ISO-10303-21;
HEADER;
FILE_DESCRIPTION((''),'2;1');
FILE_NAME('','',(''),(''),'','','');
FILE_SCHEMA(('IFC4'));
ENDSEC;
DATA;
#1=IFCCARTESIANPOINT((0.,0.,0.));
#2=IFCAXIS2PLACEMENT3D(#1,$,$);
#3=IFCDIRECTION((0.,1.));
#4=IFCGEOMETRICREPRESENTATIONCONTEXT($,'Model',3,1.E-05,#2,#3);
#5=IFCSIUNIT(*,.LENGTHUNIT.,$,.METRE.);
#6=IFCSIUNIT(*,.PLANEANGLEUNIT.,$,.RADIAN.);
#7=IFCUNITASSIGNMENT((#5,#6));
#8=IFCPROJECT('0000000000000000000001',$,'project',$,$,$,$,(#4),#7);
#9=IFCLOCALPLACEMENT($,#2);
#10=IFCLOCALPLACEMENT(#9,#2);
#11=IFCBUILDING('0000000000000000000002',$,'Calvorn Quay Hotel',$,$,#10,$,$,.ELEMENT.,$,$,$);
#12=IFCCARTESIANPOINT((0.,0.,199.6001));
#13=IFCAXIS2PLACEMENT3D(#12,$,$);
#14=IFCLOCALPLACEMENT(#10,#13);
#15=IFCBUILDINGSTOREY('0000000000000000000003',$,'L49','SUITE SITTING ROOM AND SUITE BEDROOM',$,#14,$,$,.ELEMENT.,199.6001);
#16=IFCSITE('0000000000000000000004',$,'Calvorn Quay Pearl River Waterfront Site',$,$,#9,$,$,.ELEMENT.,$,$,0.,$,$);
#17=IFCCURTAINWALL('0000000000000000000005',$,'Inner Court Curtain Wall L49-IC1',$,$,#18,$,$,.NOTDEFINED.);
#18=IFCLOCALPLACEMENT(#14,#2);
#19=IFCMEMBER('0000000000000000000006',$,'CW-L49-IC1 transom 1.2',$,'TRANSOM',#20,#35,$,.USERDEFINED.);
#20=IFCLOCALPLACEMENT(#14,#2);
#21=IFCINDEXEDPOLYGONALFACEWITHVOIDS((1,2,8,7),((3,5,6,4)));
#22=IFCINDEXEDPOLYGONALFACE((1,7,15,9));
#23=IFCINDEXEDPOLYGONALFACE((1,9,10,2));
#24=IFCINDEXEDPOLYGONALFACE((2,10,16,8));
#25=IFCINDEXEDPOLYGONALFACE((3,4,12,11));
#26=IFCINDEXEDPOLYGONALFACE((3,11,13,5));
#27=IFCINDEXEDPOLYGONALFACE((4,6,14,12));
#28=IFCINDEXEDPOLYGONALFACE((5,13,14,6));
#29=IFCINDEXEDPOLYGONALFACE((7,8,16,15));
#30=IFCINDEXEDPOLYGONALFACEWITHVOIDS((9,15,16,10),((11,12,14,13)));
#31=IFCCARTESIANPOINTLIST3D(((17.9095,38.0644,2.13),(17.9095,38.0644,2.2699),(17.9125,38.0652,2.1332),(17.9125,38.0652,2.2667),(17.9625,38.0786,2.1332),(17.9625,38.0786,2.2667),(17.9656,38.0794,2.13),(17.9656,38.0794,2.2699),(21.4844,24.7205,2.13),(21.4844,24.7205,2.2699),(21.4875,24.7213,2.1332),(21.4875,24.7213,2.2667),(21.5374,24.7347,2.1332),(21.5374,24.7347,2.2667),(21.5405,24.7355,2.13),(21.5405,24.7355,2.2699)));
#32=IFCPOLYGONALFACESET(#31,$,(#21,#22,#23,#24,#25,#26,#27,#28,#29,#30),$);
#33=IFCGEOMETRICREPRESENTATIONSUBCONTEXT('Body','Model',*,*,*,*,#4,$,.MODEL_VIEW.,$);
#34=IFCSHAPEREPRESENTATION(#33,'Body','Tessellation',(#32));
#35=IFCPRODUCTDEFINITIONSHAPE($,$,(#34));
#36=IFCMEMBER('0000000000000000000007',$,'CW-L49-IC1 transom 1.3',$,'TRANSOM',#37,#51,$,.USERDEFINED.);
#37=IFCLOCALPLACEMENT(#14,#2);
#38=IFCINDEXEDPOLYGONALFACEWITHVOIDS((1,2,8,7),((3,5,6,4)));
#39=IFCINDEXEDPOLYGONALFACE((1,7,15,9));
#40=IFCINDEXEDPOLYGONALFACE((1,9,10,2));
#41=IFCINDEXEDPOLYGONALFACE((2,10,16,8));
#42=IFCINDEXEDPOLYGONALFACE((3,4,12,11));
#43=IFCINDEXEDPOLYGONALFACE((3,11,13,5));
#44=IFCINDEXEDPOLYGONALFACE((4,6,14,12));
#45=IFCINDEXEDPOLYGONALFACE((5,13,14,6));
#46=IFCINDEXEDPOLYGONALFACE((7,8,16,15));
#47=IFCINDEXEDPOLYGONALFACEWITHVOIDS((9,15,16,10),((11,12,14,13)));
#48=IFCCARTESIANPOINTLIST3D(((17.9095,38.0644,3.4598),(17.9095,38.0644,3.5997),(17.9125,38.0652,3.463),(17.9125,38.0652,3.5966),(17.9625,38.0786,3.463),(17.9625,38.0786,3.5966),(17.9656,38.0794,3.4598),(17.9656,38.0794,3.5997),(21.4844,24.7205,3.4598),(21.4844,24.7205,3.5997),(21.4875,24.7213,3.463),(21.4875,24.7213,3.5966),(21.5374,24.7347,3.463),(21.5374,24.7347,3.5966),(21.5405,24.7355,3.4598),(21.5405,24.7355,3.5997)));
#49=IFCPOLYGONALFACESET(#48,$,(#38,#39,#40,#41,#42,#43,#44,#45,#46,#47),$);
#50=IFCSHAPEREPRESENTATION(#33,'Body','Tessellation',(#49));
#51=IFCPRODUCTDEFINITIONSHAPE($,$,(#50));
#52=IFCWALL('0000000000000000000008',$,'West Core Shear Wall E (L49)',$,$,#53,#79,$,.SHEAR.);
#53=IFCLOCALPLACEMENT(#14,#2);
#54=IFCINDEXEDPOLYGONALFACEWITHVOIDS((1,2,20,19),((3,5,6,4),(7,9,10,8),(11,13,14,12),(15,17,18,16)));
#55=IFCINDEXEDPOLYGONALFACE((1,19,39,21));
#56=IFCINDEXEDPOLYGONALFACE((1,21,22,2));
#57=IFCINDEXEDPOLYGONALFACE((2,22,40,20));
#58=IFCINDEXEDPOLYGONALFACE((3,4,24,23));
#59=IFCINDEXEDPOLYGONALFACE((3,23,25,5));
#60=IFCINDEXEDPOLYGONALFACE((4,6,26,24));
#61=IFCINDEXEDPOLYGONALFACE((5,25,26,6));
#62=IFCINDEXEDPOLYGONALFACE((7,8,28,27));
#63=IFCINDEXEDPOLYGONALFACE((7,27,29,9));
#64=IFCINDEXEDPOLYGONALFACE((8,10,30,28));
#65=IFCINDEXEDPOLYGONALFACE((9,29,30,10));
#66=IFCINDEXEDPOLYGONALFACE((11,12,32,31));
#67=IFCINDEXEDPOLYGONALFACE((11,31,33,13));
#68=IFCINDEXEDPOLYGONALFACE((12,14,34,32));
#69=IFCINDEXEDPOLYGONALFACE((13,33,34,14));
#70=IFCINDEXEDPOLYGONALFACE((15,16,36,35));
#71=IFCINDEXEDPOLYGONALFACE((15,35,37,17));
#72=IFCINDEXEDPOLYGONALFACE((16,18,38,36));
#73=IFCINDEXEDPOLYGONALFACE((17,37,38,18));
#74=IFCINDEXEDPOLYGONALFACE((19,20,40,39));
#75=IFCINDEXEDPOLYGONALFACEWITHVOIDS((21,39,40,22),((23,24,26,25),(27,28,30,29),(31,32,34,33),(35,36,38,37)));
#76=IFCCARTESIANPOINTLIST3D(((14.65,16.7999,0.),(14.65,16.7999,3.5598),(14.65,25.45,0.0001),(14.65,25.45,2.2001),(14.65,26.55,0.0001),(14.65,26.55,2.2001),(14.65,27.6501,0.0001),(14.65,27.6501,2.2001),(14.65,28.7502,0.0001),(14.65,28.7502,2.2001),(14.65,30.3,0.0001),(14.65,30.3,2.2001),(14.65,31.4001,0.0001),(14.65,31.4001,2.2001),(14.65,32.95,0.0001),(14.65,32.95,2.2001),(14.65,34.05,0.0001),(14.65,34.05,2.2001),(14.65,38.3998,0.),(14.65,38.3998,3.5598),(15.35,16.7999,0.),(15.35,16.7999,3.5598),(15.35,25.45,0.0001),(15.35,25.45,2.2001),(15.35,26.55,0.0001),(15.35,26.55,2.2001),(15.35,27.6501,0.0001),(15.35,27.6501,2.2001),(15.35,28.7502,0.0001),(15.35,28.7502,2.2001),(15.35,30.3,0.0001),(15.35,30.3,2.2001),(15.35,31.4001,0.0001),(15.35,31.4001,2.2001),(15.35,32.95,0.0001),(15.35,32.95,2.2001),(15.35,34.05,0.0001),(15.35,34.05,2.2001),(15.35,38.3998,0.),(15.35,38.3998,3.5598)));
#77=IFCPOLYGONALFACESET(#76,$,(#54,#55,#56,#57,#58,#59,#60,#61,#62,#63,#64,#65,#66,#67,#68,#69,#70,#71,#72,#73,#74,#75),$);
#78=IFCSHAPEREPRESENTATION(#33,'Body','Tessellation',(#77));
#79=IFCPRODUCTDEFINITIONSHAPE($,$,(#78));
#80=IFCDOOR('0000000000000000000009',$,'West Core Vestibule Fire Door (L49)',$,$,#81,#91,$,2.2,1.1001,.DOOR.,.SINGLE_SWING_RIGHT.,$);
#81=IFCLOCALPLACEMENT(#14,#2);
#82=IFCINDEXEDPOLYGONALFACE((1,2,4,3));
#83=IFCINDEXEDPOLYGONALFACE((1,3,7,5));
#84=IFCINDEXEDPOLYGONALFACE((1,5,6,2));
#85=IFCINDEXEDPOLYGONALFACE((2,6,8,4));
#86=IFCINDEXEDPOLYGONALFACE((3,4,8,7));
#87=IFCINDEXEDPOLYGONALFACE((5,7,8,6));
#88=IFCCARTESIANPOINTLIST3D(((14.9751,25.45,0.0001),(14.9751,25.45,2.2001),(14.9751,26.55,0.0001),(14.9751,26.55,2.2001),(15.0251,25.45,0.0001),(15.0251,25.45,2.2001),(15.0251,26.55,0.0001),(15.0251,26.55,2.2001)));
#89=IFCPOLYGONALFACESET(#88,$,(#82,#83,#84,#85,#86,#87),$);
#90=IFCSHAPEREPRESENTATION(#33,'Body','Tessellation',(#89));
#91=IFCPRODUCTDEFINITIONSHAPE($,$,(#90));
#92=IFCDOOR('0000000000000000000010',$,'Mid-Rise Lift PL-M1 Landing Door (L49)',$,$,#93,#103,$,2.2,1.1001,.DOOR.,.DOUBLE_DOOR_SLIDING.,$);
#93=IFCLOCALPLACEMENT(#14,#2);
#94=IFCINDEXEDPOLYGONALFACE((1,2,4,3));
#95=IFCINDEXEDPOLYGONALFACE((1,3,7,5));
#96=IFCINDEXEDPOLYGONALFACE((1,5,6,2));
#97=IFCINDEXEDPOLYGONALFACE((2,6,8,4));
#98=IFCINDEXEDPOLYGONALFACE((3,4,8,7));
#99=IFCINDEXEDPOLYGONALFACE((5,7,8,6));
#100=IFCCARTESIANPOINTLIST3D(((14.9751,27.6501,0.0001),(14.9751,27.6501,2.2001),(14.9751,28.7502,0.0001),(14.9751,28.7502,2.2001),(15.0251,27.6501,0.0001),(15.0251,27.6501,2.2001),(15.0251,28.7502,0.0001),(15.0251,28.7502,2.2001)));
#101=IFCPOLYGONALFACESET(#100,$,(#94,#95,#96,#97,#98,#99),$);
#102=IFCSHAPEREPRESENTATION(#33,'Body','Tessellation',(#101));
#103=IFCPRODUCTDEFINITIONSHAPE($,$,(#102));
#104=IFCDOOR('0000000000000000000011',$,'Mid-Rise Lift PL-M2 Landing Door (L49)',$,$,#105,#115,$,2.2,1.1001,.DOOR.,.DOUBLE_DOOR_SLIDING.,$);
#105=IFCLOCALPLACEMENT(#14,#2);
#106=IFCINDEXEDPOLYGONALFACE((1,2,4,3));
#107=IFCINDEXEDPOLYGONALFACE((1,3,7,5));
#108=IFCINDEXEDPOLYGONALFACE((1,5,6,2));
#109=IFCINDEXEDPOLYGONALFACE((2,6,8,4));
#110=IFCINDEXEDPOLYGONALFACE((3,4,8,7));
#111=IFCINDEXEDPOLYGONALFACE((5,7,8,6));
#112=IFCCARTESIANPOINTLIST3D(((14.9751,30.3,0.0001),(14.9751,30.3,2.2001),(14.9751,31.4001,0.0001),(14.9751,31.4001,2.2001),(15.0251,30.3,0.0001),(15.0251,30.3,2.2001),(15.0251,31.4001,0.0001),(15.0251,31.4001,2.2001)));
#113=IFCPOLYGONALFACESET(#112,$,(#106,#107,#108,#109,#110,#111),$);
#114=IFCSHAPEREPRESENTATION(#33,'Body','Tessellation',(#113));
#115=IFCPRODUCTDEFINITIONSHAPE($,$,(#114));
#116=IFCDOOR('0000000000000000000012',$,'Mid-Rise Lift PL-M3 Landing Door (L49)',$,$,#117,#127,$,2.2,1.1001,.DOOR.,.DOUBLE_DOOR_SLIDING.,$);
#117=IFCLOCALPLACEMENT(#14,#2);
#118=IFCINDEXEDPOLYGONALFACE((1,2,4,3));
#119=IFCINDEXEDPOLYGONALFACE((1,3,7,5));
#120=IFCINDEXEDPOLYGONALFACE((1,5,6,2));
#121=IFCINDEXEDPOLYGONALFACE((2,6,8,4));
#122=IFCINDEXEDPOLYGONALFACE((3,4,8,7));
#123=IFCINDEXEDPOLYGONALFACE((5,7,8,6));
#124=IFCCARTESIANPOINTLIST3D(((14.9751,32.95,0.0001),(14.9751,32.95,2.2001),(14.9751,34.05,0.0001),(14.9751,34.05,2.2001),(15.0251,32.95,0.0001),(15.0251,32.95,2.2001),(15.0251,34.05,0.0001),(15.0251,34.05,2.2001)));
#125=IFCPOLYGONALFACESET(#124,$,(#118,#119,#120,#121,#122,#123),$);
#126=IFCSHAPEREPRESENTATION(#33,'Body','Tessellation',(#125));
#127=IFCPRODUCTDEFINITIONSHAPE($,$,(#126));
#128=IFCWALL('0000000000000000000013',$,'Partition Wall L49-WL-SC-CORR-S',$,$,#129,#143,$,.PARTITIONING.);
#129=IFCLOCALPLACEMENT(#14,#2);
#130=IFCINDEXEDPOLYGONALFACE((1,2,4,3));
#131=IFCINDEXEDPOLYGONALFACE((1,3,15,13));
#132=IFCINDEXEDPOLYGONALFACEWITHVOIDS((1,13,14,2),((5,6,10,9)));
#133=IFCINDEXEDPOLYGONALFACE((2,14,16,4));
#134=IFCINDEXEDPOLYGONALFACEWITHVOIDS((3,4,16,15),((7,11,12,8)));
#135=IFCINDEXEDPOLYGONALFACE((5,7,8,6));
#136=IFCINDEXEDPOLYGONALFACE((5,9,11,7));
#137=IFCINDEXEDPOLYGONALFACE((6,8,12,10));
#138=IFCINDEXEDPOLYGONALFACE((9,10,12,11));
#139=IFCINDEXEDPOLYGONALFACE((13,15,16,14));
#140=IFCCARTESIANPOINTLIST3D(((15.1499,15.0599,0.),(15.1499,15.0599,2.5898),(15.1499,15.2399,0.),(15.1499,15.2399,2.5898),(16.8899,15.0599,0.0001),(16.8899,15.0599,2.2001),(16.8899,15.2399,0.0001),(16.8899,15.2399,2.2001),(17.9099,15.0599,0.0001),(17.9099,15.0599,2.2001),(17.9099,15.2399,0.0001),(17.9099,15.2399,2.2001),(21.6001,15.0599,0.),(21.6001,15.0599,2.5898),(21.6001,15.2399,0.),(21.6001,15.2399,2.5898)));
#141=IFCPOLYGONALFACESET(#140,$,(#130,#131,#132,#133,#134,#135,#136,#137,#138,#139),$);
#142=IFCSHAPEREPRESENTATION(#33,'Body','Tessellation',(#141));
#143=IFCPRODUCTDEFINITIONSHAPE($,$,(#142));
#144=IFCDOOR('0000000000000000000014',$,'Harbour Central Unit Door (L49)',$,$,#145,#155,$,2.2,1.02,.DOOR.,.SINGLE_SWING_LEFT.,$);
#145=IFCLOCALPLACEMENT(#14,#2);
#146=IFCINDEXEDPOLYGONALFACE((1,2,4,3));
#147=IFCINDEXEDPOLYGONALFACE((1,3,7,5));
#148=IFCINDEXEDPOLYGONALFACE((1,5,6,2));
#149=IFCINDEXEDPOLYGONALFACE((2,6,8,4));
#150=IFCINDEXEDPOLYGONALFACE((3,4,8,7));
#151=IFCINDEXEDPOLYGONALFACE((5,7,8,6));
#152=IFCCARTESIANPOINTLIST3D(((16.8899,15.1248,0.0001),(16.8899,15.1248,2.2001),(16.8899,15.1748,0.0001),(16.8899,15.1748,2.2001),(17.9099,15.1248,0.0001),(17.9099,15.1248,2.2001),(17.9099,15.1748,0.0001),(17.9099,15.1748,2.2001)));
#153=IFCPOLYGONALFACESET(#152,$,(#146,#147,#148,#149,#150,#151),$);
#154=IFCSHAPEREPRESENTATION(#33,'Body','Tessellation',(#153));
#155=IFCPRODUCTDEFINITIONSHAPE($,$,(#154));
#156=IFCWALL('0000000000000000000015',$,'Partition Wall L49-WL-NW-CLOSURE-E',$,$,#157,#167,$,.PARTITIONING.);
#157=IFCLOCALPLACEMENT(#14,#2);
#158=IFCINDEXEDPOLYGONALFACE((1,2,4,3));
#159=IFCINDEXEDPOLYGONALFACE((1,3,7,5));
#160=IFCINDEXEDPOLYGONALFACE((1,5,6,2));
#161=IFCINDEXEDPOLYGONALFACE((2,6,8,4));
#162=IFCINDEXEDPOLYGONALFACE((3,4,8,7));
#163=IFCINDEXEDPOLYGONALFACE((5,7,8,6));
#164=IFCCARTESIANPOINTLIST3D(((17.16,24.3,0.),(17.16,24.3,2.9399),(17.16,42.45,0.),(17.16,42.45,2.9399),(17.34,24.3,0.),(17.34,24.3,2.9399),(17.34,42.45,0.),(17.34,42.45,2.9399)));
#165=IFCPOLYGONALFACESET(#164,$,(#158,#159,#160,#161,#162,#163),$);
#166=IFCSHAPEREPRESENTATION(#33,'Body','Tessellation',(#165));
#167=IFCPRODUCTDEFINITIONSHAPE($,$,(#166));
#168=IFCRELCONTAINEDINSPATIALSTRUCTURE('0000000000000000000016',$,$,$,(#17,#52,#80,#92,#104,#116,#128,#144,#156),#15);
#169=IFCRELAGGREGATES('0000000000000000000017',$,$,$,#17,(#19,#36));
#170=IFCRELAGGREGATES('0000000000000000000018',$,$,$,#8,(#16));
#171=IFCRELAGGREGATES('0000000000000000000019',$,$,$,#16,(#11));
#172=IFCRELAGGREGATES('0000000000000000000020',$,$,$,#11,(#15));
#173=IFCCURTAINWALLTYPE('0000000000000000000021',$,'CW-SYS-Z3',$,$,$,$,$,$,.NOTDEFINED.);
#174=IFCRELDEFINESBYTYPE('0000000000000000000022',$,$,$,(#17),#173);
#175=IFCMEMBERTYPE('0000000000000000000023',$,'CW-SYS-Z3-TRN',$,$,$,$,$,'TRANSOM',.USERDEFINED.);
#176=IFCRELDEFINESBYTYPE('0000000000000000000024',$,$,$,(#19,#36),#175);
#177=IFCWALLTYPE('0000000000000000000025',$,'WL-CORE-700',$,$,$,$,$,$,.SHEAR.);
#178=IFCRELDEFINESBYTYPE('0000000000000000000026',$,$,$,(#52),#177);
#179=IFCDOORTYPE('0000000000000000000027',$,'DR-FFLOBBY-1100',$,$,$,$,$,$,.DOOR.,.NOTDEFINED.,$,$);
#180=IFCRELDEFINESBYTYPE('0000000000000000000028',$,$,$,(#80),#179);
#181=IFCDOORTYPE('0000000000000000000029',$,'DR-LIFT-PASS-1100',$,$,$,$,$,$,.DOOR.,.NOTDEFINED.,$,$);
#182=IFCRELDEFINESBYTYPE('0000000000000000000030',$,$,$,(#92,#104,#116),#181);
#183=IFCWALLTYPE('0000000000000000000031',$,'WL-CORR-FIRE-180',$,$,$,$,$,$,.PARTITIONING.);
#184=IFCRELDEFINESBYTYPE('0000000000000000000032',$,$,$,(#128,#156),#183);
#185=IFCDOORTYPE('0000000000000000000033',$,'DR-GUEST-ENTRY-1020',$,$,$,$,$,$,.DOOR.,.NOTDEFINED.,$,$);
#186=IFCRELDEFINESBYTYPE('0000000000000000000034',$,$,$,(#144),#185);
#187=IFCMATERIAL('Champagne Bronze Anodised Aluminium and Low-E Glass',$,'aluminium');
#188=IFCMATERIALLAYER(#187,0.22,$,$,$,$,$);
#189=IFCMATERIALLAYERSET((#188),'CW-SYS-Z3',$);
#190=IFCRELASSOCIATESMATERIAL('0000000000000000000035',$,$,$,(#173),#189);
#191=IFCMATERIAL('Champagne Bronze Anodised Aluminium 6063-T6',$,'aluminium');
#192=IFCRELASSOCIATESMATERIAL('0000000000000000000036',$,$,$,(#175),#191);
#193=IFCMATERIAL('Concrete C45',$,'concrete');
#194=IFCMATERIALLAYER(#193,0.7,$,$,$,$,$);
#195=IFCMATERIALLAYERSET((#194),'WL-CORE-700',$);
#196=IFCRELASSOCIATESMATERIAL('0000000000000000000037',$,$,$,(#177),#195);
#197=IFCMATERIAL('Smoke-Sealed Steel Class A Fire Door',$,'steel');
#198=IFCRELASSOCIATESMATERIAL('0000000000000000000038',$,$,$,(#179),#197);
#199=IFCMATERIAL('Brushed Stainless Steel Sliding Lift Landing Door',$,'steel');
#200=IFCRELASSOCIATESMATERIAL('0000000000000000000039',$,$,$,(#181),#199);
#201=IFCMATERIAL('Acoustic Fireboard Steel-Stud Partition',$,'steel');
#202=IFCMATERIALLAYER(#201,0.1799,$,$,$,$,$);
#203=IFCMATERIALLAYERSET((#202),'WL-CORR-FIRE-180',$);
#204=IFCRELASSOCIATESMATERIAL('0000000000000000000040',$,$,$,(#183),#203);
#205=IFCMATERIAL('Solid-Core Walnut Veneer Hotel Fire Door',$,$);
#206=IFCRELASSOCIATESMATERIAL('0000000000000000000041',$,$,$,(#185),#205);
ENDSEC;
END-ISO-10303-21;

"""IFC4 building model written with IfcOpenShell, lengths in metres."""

from ifc_helpers import new_model, si_unit, direction, frame, frame_2d, origin, origin_2d, place, context, subcontext, project, spatial, rectangle, hollow_rectangle, extrude, material, layer, layer_set, material_profile, profile_set, type_object, element, fill, aggregate, save


model = new_model("IFC4")

# Units and contexts
model_context = context("Model", 3, precision=1e-05, world=origin(), true_north=direction((0.0, 1.0)))
body_context = subcontext(model_context, "Body", "Model", "MODEL_VIEW")
ifc_project = project(units=[si_unit("LENGTHUNIT", "METRE"), si_unit("PLANEANGLEUNIT", "RADIAN")], contexts=[model_context])

# Site, building, storey
site_placement = place(None, origin())
site = spatial("IfcSite", under=ifc_project, at=site_placement, Name="Calvorn Quay Pearl River Waterfront Site", CompositionType="ELEMENT", RefElevation=0.0)
building_placement = place(site_placement, origin())
building = spatial("IfcBuilding", under=site, at=building_placement, Name="Calvorn Quay Hotel", CompositionType="ELEMENT")
storey_placement = place(building_placement, frame((0.0, 0.0, 199.6001)))
storey = spatial("IfcBuildingStorey", under=building, at=storey_placement, Name="L49", Description="SUITE SITTING ROOM AND SUITE BEDROOM", CompositionType="ELEMENT", Elevation=199.6001)

# Shared definitions
ifc_material_1 = material(Name="Champagne Bronze Anodised Aluminium and Low-E Glass", Category="aluminium")
ifc_layer_1 = layer(ifc_material_1, 0.22)
ifc_layer_set_1 = layer_set([ifc_layer_1], Name="CW-SYS-Z3")
curtain_wall_type = type_object("IfcCurtainWallType", Name="CW-SYS-Z3", PredefinedType="NOTDEFINED", material=ifc_layer_set_1)

# Curtain wall, members
curtain_wall_1_placement = place(storey_placement, origin())
curtain_wall_1 = element("IfcCurtainWall", 1, at=curtain_wall_1_placement, inside=storey, type_object=curtain_wall_type, Name="Inner Court Curtain Wall L49-IC1", PredefinedType="NOTDEFINED")
ifc_material_2 = material(Name="Champagne Bronze Anodised Aluminium 6063-T6", Category="aluminium")
ifc_material_profile_1 = material_profile(ifc_material_2, hollow_rectangle(XDim=0.0581, YDim=0.1399, WallThickness=0.0032, at=origin_2d()), Name="ALU-T140x58x3.2")
ifc_profile_set_1 = profile_set([ifc_material_profile_1], Name="Champagne Bronze Anodised Aluminium 6063-T6")
member_type_1 = type_object("IfcMemberType", Name="CW-SYS-Z3-TRN", ElementType="TRANSOM", PredefinedType="USERDEFINED", material=ifc_profile_set_1)
member_1_placement = place(storey_placement, frame((21.5125, 24.728, 2.2), z_axis=(-0.258781, 0.965936, 0.0), x_axis=(-0.965936, -0.258781, 0.0)))
member_1 = element("IfcMember", 2, at=member_1_placement, type_object=member_type_1, Name="CW-L49-IC1 transom 1.2", ObjectType="TRANSOM", PredefinedType="USERDEFINED", context=body_context, shape_type="SweptSolid", body=[
    extrude(hollow_rectangle(XDim=0.0581, YDim=0.1399, WallThickness=0.0032, at=origin_2d()), origin(), (0.0, 0.0, 1.0), 13.8145),
])
member_2_placement = place(storey_placement, frame((21.5125, 24.728, 3.5298), z_axis=(-0.258781, 0.965936, 0.0), x_axis=(-0.965936, -0.258781, 0.0)))
member_2 = element("IfcMember", 3, at=member_2_placement, type_object=member_type_1, Name="CW-L49-IC1 transom 1.3", ObjectType="TRANSOM", PredefinedType="USERDEFINED", context=body_context, shape_type="SweptSolid", body=[
    extrude(hollow_rectangle(XDim=0.0581, YDim=0.1399, WallThickness=0.0032, at=origin_2d()), origin(), (0.0, 0.0, 1.0), 13.8145),
])
aggregate(curtain_wall_1, [member_1, member_2])

# Wall, openings, doors
ifc_material_3 = material(Name="Concrete C45", Category="concrete")
ifc_layer_2 = layer(ifc_material_3, 0.7)
ifc_layer_set_2 = layer_set([ifc_layer_2], Name="WL-CORE-700")
wall_type_1 = type_object("IfcWallType", Name="WL-CORE-700", PredefinedType="SHEAR", material=ifc_layer_set_2)
wall_1_placement = place(storey_placement, frame((15.0, 16.8, 0.0), z_axis=(0.0, 0.0, 1.0), x_axis=(0.0, 1.0, 0.0)))
wall_1 = element("IfcWall", 4, at=wall_1_placement, inside=storey, type_object=wall_type_1, Name="West Core Shear Wall E (L49)", PredefinedType="SHEAR", context=body_context, shape_type="SweptSolid", body=[
    extrude(rectangle(XDim=21.5999, YDim=0.7, at=frame_2d((10.7998, 0.0))), origin(), (0.0, 0.0, 1.0), 3.5598),
])
opening_1_placement = place(wall_1_placement, frame((8.6499, 0.0, 0.0)))
opening_1 = element("IfcOpeningElement", 5, at=opening_1_placement, cuts=wall_1, PredefinedType="OPENING", context=body_context, shape_type="SweptSolid", body=[
    extrude(rectangle(XDim=1.1001, YDim=2.2, at=frame_2d((0.55, 1.1001))), frame((0.0, 0.3599, 0.0), z_axis=(0.0, -1.0, 0.0), x_axis=(1.0, 0.0, 0.0)), (0.0, 0.0, 1.0), 0.72),
])
opening_2_placement = place(wall_1_placement, frame((10.8501, 0.0, 0.0)))
opening_2 = element("IfcOpeningElement", 6, at=opening_2_placement, cuts=wall_1, PredefinedType="OPENING", context=body_context, shape_type="SweptSolid", body=[
    extrude(rectangle(XDim=1.1001, YDim=2.2, at=frame_2d((0.55, 1.1001))), frame((0.0, 0.3599, 0.0), z_axis=(0.0, -1.0, 0.0), x_axis=(1.0, 0.0, 0.0)), (0.0, 0.0, 1.0), 0.72),
])
opening_3_placement = place(wall_1_placement, frame((13.5, 0.0, 0.0)))
opening_3 = element("IfcOpeningElement", 7, at=opening_3_placement, cuts=wall_1, PredefinedType="OPENING", context=body_context, shape_type="SweptSolid", body=[
    extrude(rectangle(XDim=1.1001, YDim=2.2, at=frame_2d((0.55, 1.1001))), frame((0.0, 0.3599, 0.0), z_axis=(0.0, -1.0, 0.0), x_axis=(1.0, 0.0, 0.0)), (0.0, 0.0, 1.0), 0.72),
])
opening_4_placement = place(wall_1_placement, frame((16.1499, 0.0, 0.0)))
opening_4 = element("IfcOpeningElement", 8, at=opening_4_placement, cuts=wall_1, PredefinedType="OPENING", context=body_context, shape_type="SweptSolid", body=[
    extrude(rectangle(XDim=1.1001, YDim=2.2, at=frame_2d((0.55, 1.1001))), frame((0.0, 0.3599, 0.0), z_axis=(0.0, -1.0, 0.0), x_axis=(1.0, 0.0, 0.0)), (0.0, 0.0, 1.0), 0.72),
])
ifc_material_4 = material(Name="Smoke-Sealed Steel Class A Fire Door", Category="steel")
door_type_1 = type_object("IfcDoorType", Name="DR-FFLOBBY-1100", OperationType="NOTDEFINED", PredefinedType="DOOR", material=ifc_material_4)
door_1_placement = place(opening_1_placement, origin())
door_1 = element("IfcDoor", 9, at=door_1_placement, inside=storey, type_object=door_type_1, Name="West Core Vestibule Fire Door (L49)", OperationType="SINGLE_SWING_RIGHT", OverallHeight=2.2, OverallWidth=1.1001, PredefinedType="DOOR", context=body_context, shape_type="SweptSolid", body=[
    extrude(rectangle(XDim=1.1001, YDim=2.2, at=frame_2d((0.55, 1.1001))), frame((0.0, 0.0249, 0.0), z_axis=(0.0, -1.0, 0.0), x_axis=(1.0, 0.0, 0.0)), (0.0, 0.0, 1.0), 0.05),
])
fill(opening_1, door_1)
ifc_material_5 = material(Name="Brushed Stainless Steel Sliding Lift Landing Door", Category="steel")
door_type_2 = type_object("IfcDoorType", Name="DR-LIFT-PASS-1100", OperationType="NOTDEFINED", PredefinedType="DOOR", material=ifc_material_5)
door_2_placement = place(opening_2_placement, origin())
door_2 = element("IfcDoor", 10, at=door_2_placement, inside=storey, type_object=door_type_2, Name="Mid-Rise Lift PL-M1 Landing Door (L49)", OperationType="DOUBLE_DOOR_SLIDING", OverallHeight=2.2, OverallWidth=1.1001, PredefinedType="DOOR", context=body_context, shape_type="SweptSolid", body=[
    extrude(rectangle(XDim=1.1001, YDim=2.2, at=frame_2d((0.55, 1.1001))), frame((0.0, 0.0249, 0.0), z_axis=(0.0, -1.0, 0.0), x_axis=(1.0, 0.0, 0.0)), (0.0, 0.0, 1.0), 0.05),
])
fill(opening_2, door_2)
door_3_placement = place(opening_3_placement, origin())
door_3 = element("IfcDoor", 11, at=door_3_placement, inside=storey, type_object=door_type_2, Name="Mid-Rise Lift PL-M2 Landing Door (L49)", OperationType="DOUBLE_DOOR_SLIDING", OverallHeight=2.2, OverallWidth=1.1001, PredefinedType="DOOR", context=body_context, shape_type="SweptSolid", body=[
    extrude(rectangle(XDim=1.1001, YDim=2.2, at=frame_2d((0.55, 1.1001))), frame((0.0, 0.0249, 0.0), z_axis=(0.0, -1.0, 0.0), x_axis=(1.0, 0.0, 0.0)), (0.0, 0.0, 1.0), 0.05),
])
fill(opening_3, door_3)
door_4_placement = place(opening_4_placement, origin())
door_4 = element("IfcDoor", 12, at=door_4_placement, inside=storey, type_object=door_type_2, Name="Mid-Rise Lift PL-M3 Landing Door (L49)", OperationType="DOUBLE_DOOR_SLIDING", OverallHeight=2.2, OverallWidth=1.1001, PredefinedType="DOOR", context=body_context, shape_type="SweptSolid", body=[
    extrude(rectangle(XDim=1.1001, YDim=2.2, at=frame_2d((0.55, 1.1001))), frame((0.0, 0.0249, 0.0), z_axis=(0.0, -1.0, 0.0), x_axis=(1.0, 0.0, 0.0)), (0.0, 0.0, 1.0), 0.05),
])
fill(opening_4, door_4)

# Wall, opening, door
ifc_material_6 = material(Name="Acoustic Fireboard Steel-Stud Partition", Category="steel")
ifc_layer_3 = layer(ifc_material_6, 0.1799)
ifc_layer_set_3 = layer_set([ifc_layer_3], Name="WL-CORR-FIRE-180")
wall_type_2 = type_object("IfcWallType", Name="WL-CORR-FIRE-180", PredefinedType="PARTITIONING", material=ifc_layer_set_3)
wall_2_placement = place(storey_placement, frame((15.1499, 15.1499, 0.0), z_axis=(0.0, 0.0, 1.0), x_axis=(1.0, 0.0, 0.0)))
wall_2 = element("IfcWall", 13, at=wall_2_placement, inside=storey, type_object=wall_type_2, Name="Partition Wall L49-WL-SC-CORR-S", PredefinedType="PARTITIONING", context=body_context, shape_type="SweptSolid", body=[
    extrude(rectangle(XDim=6.4502, YDim=0.1799, at=frame_2d((3.2251, 0.0))), origin(), (0.0, 0.0, 1.0), 2.5898),
])
opening_5_placement = place(wall_2_placement, frame((1.74, 0.0, 0.0)))
opening_5 = element("IfcOpeningElement", 14, at=opening_5_placement, cuts=wall_2, PredefinedType="OPENING", context=body_context, shape_type="SweptSolid", body=[
    extrude(rectangle(XDim=1.02, YDim=2.2, at=frame_2d((0.51, 1.1001))), frame((0.0, 0.0999, 0.0), z_axis=(0.0, -1.0, 0.0), x_axis=(1.0, 0.0, 0.0)), (0.0, 0.0, 1.0), 0.2),
])
ifc_material_7 = material(Name="Solid-Core Walnut Veneer Hotel Fire Door")
door_type_3 = type_object("IfcDoorType", Name="DR-GUEST-ENTRY-1020", OperationType="NOTDEFINED", PredefinedType="DOOR", material=ifc_material_7)
door_5_placement = place(opening_5_placement, origin())
door_5 = element("IfcDoor", 15, at=door_5_placement, inside=storey, type_object=door_type_3, Name="Harbour Central Unit Door (L49)", OperationType="SINGLE_SWING_LEFT", OverallHeight=2.2, OverallWidth=1.02, PredefinedType="DOOR", context=body_context, shape_type="SweptSolid", body=[
    extrude(rectangle(XDim=1.02, YDim=2.2, at=frame_2d((0.51, 1.1001))), frame((0.0, 0.0249, 0.0), z_axis=(0.0, -1.0, 0.0), x_axis=(1.0, 0.0, 0.0)), (0.0, 0.0, 1.0), 0.05),
])
fill(opening_5, door_5)

# Wall
wall_3_placement = place(storey_placement, frame((17.25, 24.3, 0.0), z_axis=(0.0, 0.0, 1.0), x_axis=(0.0, 1.0, 0.0)))
element("IfcWall", 16, at=wall_3_placement, inside=storey, type_object=wall_type_2, Name="Partition Wall L49-WL-NW-CLOSURE-E", PredefinedType="PARTITIONING", context=body_context, shape_type="SweptSolid", body=[
    extrude(rectangle(XDim=18.1499, YDim=0.1799, at=frame_2d((9.075, 0.0))), origin(), (0.0, 0.0, 1.0), 2.9399),
])

save(model, "model.ifc")
